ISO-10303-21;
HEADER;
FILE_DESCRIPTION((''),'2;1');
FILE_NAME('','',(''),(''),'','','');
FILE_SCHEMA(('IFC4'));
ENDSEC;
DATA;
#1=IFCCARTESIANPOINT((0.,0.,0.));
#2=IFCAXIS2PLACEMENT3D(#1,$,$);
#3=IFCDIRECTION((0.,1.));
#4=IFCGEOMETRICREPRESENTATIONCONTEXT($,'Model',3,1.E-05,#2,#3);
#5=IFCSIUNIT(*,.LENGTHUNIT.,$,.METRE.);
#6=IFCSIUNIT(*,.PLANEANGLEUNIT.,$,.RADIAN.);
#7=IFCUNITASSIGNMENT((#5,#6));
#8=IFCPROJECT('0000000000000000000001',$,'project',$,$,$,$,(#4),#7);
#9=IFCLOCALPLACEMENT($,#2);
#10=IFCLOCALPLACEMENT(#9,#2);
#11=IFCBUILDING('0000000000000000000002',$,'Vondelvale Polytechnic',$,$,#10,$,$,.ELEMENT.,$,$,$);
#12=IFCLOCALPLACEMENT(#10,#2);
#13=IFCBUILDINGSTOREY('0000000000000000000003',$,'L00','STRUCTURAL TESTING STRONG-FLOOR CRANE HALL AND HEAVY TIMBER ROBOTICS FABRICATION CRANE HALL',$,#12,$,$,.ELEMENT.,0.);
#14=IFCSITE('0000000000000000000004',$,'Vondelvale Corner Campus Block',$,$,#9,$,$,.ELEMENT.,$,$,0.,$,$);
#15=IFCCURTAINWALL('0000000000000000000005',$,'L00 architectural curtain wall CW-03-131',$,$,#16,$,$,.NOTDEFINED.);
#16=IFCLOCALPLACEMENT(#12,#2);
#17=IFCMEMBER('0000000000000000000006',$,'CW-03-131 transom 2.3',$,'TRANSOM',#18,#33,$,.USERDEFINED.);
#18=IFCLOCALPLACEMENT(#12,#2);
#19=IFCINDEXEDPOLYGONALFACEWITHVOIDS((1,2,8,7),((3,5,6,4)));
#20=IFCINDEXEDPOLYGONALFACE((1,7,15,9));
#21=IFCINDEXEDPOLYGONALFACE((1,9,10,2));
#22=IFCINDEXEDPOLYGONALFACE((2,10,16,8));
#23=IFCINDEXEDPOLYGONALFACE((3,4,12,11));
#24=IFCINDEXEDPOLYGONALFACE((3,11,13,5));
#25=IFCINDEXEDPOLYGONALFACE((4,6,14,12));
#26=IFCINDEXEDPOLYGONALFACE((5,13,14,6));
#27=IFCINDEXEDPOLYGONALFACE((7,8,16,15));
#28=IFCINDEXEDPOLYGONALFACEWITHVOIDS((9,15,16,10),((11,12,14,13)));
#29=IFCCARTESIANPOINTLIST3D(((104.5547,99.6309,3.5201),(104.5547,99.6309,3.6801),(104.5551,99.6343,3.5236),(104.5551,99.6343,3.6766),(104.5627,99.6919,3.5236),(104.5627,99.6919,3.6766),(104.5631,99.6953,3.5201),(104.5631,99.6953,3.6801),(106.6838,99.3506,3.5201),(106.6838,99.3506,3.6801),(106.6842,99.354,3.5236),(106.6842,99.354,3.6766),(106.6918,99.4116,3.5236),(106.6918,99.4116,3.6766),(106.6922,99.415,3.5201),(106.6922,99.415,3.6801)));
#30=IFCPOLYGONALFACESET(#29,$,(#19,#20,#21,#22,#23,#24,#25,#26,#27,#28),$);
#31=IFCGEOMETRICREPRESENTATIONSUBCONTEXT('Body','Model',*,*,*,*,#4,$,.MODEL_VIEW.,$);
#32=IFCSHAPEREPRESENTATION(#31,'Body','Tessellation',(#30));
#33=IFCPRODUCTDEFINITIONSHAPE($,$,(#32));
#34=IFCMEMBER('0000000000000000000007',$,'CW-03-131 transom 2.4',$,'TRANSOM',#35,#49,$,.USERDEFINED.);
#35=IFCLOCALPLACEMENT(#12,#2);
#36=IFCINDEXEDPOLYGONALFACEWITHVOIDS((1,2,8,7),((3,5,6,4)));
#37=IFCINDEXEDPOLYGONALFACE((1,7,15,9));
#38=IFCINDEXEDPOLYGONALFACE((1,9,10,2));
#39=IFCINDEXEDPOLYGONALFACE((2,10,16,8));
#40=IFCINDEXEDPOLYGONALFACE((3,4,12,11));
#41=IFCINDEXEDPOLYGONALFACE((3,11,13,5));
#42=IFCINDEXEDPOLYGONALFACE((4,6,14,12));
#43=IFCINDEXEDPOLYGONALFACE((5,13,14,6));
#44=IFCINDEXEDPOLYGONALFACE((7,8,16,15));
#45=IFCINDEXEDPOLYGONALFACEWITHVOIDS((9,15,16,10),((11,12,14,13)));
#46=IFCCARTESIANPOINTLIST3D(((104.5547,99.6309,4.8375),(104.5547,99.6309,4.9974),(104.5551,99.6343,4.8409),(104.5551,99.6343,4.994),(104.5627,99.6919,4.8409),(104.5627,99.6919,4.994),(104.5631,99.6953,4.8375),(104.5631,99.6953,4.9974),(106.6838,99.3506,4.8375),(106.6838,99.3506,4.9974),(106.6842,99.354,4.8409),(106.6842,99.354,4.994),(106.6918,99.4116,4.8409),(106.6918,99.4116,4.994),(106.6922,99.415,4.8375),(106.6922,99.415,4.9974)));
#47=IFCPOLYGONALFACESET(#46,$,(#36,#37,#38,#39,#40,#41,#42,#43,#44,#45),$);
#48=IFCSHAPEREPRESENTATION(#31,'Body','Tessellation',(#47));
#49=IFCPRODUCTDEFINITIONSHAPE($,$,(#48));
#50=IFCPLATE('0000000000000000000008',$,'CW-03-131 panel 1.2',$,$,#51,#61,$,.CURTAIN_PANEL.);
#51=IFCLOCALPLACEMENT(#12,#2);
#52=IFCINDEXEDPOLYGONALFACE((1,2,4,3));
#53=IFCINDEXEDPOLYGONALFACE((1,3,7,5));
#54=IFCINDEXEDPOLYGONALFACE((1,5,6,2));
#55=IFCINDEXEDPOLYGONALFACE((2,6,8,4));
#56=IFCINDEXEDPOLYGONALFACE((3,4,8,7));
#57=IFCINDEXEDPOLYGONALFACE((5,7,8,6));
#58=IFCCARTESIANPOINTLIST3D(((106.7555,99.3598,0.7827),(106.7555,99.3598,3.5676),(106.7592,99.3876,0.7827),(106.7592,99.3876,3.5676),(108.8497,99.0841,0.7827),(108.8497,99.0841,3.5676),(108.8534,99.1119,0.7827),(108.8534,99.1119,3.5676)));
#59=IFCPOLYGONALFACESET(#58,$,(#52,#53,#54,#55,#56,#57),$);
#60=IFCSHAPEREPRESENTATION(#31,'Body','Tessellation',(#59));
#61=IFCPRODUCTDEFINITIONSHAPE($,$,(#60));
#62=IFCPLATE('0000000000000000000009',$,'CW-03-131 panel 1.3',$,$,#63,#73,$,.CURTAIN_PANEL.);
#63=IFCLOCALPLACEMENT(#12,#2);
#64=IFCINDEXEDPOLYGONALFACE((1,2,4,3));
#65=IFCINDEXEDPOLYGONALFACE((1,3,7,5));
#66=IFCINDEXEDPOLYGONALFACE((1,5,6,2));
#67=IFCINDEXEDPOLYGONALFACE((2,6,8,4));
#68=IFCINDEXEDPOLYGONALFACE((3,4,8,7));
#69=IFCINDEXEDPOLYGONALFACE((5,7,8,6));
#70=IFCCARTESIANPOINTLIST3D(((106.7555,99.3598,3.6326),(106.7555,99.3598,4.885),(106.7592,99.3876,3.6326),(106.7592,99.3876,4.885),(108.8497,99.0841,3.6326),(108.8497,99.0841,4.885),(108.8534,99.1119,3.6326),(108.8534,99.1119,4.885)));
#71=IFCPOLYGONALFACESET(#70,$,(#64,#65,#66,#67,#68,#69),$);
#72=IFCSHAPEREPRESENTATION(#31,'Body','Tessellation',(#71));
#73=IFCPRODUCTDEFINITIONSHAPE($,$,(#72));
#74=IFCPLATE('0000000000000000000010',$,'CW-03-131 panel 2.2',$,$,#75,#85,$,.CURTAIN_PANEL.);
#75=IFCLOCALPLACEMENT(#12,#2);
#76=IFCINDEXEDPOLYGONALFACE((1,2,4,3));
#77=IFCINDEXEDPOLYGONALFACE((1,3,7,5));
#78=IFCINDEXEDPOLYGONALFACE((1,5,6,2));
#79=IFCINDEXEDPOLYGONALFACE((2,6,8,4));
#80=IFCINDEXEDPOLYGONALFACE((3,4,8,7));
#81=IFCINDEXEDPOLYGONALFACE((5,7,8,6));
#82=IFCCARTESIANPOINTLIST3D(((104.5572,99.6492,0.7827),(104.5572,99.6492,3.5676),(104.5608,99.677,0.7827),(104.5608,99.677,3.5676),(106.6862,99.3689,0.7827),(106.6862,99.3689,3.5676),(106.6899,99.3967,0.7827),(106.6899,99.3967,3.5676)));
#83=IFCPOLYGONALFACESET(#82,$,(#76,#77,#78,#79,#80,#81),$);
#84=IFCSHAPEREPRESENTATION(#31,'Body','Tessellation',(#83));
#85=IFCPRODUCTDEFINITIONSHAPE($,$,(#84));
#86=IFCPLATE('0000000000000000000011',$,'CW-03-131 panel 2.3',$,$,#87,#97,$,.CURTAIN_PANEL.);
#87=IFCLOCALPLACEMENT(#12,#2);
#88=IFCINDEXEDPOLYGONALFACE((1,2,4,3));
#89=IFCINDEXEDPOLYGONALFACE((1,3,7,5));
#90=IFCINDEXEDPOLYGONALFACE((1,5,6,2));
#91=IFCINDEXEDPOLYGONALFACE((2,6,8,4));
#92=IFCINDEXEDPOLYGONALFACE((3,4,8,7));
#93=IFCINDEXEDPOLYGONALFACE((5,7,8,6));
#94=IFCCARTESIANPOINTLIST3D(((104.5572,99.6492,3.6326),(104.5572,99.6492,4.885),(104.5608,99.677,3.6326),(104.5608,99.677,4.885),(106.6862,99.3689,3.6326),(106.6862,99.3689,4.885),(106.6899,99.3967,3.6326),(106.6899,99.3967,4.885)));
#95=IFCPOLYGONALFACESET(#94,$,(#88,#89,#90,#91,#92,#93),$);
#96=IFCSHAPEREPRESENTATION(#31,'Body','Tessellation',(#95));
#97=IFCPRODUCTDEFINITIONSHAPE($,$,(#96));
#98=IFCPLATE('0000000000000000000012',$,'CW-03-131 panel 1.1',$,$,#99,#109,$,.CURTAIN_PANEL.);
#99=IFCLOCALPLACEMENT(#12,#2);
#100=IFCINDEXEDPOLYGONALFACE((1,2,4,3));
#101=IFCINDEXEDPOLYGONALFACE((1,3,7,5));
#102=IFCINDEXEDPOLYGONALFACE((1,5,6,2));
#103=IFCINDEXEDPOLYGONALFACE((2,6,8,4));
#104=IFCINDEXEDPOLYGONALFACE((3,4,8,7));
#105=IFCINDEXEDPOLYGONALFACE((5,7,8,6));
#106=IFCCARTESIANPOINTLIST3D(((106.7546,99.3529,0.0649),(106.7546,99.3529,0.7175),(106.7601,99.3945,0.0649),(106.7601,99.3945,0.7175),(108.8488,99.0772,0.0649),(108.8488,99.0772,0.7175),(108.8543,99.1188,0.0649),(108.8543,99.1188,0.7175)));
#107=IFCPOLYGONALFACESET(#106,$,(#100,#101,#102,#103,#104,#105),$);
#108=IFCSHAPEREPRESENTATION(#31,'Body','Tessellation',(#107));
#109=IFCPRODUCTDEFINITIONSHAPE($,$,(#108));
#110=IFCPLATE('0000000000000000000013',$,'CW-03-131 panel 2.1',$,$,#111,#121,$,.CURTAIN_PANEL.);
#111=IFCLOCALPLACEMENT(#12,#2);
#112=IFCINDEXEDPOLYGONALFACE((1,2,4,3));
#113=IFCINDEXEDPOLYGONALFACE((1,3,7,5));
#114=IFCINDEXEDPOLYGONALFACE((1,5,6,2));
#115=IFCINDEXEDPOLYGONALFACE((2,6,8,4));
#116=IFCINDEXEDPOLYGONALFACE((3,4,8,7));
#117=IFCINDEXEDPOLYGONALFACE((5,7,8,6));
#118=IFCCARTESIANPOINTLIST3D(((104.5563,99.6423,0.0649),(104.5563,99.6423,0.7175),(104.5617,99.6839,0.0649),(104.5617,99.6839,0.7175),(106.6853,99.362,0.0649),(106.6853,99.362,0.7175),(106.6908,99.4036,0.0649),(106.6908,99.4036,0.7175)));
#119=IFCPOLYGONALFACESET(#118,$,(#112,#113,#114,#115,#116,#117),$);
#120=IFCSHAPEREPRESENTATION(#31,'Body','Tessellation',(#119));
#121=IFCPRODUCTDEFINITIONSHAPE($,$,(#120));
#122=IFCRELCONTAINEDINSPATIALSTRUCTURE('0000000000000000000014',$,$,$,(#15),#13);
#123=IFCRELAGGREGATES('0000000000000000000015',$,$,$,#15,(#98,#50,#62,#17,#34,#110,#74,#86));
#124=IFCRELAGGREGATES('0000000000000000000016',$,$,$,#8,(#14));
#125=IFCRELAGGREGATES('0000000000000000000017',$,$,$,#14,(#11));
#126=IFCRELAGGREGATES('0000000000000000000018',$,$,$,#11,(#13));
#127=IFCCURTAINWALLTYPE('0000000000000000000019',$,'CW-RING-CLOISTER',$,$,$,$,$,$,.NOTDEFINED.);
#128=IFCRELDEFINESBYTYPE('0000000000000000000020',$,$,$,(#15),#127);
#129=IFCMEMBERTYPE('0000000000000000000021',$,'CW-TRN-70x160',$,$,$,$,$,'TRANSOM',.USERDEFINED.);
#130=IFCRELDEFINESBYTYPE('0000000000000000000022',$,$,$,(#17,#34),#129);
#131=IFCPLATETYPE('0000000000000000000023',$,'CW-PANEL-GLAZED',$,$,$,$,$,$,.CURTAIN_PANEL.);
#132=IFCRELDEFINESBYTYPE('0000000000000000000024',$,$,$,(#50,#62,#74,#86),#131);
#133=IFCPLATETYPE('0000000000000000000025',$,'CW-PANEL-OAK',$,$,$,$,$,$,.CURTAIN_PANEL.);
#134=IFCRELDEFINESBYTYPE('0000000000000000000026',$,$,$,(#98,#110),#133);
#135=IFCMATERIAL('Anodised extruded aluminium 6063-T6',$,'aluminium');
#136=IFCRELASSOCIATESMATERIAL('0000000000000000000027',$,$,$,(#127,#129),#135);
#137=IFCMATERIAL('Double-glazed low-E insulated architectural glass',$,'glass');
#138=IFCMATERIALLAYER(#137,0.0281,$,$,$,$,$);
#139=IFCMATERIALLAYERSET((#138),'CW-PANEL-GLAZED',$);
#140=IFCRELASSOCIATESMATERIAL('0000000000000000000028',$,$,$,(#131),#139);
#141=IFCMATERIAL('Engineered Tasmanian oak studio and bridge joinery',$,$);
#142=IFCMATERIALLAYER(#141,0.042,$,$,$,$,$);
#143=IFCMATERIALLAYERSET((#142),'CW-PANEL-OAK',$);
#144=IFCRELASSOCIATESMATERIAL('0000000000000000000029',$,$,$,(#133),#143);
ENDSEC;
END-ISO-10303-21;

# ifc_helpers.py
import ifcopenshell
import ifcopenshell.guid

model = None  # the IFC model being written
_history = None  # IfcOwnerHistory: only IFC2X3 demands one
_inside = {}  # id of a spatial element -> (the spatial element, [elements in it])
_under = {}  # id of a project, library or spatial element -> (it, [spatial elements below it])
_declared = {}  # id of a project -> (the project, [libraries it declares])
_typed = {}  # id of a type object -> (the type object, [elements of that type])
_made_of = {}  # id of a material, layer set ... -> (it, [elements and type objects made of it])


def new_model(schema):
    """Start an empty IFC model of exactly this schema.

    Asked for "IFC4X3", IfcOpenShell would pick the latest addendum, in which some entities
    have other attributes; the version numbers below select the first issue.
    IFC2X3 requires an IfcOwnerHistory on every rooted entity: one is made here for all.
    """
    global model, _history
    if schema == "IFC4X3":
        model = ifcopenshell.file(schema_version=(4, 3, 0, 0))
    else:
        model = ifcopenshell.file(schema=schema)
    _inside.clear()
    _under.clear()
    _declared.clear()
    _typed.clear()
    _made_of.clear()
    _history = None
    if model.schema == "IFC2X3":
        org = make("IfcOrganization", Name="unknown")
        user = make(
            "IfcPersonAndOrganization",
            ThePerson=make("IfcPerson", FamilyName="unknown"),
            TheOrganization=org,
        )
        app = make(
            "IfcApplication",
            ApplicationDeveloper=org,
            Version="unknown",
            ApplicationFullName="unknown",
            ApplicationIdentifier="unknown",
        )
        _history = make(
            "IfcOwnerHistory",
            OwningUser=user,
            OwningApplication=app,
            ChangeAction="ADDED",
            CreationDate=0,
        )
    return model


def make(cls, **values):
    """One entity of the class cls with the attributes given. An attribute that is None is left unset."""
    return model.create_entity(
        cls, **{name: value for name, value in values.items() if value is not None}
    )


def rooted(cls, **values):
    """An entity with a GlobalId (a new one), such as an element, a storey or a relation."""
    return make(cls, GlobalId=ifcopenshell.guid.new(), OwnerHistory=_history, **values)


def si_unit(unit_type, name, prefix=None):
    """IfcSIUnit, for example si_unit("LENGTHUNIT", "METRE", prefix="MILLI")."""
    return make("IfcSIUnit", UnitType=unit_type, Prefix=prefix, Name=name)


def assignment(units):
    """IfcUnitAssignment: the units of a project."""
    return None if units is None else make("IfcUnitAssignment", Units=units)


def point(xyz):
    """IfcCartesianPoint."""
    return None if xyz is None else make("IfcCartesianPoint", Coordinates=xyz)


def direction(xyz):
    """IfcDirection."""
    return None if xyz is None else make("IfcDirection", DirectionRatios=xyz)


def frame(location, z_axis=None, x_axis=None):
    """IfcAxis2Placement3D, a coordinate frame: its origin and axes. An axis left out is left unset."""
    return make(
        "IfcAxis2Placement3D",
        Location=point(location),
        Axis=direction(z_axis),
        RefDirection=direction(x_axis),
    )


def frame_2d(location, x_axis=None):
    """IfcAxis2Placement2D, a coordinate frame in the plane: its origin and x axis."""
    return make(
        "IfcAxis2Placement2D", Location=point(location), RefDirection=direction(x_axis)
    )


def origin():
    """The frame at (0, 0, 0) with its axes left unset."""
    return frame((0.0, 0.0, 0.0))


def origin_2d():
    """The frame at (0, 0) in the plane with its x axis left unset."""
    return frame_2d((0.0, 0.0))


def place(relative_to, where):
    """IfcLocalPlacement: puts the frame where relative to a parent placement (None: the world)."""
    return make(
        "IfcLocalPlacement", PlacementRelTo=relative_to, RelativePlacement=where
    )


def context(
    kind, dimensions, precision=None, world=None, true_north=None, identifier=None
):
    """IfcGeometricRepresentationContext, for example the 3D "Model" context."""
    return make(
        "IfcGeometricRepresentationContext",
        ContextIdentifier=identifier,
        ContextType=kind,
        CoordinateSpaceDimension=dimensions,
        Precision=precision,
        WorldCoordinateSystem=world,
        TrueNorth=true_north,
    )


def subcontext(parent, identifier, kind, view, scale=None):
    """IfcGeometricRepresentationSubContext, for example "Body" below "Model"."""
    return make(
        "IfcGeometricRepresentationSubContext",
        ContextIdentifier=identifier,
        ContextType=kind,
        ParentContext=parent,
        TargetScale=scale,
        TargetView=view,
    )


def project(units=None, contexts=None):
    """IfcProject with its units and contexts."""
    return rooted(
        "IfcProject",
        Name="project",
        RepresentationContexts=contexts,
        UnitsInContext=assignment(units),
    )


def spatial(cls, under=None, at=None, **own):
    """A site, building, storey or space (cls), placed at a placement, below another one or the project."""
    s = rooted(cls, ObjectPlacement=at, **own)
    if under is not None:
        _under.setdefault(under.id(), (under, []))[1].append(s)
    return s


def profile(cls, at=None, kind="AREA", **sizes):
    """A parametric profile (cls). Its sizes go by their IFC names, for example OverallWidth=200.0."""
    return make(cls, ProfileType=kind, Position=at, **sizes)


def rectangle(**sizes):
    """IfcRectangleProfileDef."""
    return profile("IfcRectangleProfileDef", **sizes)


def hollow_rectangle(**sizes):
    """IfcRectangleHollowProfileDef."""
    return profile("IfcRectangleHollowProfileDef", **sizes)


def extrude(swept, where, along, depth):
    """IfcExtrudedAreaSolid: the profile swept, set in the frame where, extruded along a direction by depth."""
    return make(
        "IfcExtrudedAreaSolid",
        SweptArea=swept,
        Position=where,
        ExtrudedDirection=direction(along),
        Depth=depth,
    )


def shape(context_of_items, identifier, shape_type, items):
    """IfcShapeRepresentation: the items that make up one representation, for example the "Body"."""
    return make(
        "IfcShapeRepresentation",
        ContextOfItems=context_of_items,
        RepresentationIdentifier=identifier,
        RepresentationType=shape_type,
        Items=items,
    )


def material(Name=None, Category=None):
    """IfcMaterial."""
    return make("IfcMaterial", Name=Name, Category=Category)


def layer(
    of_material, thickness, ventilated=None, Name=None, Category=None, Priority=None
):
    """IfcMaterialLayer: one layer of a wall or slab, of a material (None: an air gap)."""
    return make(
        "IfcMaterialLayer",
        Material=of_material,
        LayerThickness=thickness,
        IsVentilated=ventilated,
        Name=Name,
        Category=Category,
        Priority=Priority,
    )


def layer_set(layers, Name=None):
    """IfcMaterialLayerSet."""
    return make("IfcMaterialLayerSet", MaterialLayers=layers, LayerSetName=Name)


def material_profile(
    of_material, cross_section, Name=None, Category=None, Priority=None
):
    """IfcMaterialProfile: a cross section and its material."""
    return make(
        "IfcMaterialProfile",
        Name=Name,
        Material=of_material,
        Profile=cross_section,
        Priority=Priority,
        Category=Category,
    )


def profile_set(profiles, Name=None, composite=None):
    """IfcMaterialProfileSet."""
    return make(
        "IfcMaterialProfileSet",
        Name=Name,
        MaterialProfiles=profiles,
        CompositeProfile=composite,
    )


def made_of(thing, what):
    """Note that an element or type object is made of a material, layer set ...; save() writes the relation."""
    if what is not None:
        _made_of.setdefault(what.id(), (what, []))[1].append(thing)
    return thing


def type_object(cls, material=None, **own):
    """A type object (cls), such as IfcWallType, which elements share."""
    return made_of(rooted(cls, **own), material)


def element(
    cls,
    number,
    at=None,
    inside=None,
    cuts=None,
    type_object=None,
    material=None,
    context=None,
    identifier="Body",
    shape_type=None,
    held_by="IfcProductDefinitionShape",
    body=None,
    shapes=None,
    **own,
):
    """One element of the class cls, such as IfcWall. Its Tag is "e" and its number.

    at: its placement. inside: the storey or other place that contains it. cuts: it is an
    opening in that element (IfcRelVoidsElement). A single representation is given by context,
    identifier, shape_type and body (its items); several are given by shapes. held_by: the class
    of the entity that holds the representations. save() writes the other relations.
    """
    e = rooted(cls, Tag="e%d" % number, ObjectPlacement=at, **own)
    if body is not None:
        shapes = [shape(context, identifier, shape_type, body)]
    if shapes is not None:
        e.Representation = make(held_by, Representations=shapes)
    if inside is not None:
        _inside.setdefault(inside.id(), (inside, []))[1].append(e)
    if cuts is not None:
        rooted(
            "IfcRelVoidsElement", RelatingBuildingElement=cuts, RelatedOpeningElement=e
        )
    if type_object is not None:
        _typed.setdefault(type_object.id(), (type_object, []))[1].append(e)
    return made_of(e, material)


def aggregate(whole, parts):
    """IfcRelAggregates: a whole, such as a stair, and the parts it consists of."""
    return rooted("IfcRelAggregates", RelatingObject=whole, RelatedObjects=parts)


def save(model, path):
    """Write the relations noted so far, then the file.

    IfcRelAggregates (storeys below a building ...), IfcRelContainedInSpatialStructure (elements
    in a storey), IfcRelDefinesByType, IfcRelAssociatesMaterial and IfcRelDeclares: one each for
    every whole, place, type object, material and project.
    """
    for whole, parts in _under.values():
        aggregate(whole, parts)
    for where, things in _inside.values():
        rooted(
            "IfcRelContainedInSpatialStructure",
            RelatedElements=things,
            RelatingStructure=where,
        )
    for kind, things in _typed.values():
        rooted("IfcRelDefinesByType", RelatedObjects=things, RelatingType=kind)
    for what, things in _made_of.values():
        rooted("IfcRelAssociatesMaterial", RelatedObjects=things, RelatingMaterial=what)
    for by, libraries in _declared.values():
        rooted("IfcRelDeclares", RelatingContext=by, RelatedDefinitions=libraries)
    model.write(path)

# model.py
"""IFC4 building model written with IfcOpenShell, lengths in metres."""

from ifc_helpers import new_model, si_unit, direction, frame, origin, origin_2d, place, context, subcontext, project, spatial, rectangle, hollow_rectangle, extrude, material, layer, layer_set, material_profile, profile_set, type_object, element, aggregate, save


model = new_model("IFC4")

# Units and contexts
model_context = context("Model", 3, precision=1e-05, world=origin(), true_north=direction((0.0, 1.0)))
body_context = subcontext(model_context, "Body", "Model", "MODEL_VIEW")
ifc_project = project(units=[si_unit("LENGTHUNIT", "METRE"), si_unit("PLANEANGLEUNIT", "RADIAN")], contexts=[model_context])

# Site, building, storey
site_placement = place(None, origin())
site = spatial("IfcSite", under=ifc_project, at=site_placement, Name="Vondelvale Corner Campus Block", CompositionType="ELEMENT", RefElevation=0.0)
building_placement = place(site_placement, origin())
building = spatial("IfcBuilding", under=site, at=building_placement, Name="Vondelvale Polytechnic", CompositionType="ELEMENT")
storey_placement = place(building_placement, origin())
storey = spatial("IfcBuildingStorey", under=building, at=storey_placement, Name="L00", Description="STRUCTURAL TESTING STRONG-FLOOR CRANE HALL AND HEAVY TIMBER ROBOTICS FABRICATION CRANE HALL", CompositionType="ELEMENT", Elevation=0.0)

# Curtain wall, members, plates
ifc_material_1 = material(Name="Anodised extruded aluminium 6063-T6", Category="aluminium")
curtain_wall_type = type_object("IfcCurtainWallType", Name="CW-RING-CLOISTER", PredefinedType="NOTDEFINED", material=ifc_material_1)
curtain_wall_placement = place(storey_placement, origin())
curtain_wall = element("IfcCurtainWall", 1, at=curtain_wall_placement, inside=storey, type_object=curtain_wall_type, Name="L00 architectural curtain wall CW-03-131", PredefinedType="NOTDEFINED")
ifc_material_profile_1 = material_profile(ifc_material_1, hollow_rectangle(XDim=0.0649, YDim=0.1599, WallThickness=0.0034, at=origin_2d()), Name="CW-TRN-160x65")
ifc_profile_set_1 = profile_set([ifc_material_profile_1], Name="Anodised extruded aluminium 6063-T6")
member_type_1 = type_object("IfcMemberType", Name="CW-TRN-70x160", ElementType="TRANSOM", PredefinedType="USERDEFINED", material=ifc_profile_set_1)
member_1_placement = place(storey_placement, frame((106.688, 99.3828, 3.6001), z_axis=(-0.991447, 0.13051, 0.0), x_axis=(-0.13051, -0.991447, 0.0)))
member_1 = element("IfcMember", 2, at=member_1_placement, type_object=member_type_1, Name="CW-03-131 transom 2.3", ObjectType="TRANSOM", PredefinedType="USERDEFINED", context=body_context, shape_type="SweptSolid", body=[
    extrude(hollow_rectangle(XDim=0.0649, YDim=0.1599, WallThickness=0.0034, at=origin_2d()), origin(), (0.0, 0.0, 1.0), 2.1475),
])
member_2_placement = place(storey_placement, frame((106.688, 99.3828, 4.9175), z_axis=(-0.991447, 0.13051, 0.0), x_axis=(-0.13051, -0.991447, 0.0)))
member_2 = element("IfcMember", 3, at=member_2_placement, type_object=member_type_1, Name="CW-03-131 transom 2.4", ObjectType="TRANSOM", PredefinedType="USERDEFINED", context=body_context, shape_type="SweptSolid", body=[
    extrude(hollow_rectangle(XDim=0.0649, YDim=0.1599, WallThickness=0.0034, at=origin_2d()), origin(), (0.0, 0.0, 1.0), 2.1475),
])
ifc_material_2 = material(Name="Double-glazed low-E insulated architectural glass", Category="glass")
ifc_layer_1 = layer(ifc_material_2, 0.0281)
ifc_layer_set_1 = layer_set([ifc_layer_1], Name="CW-PANEL-GLAZED")
plate_type_1 = type_object("IfcPlateType", Name="CW-PANEL-GLAZED", PredefinedType="CURTAIN_PANEL", material=ifc_layer_set_1)
plate_1_placement = place(storey_placement, frame((107.8044, 99.2358, 0.7827), z_axis=(0.0, 0.0, 1.0), x_axis=(-0.991445, 0.130528, 0.0)))
plate_1 = element("IfcPlate", 4, at=plate_1_placement, type_object=plate_type_1, Name="CW-03-131 panel 1.2", PredefinedType="CURTAIN_PANEL", context=body_context, shape_type="SweptSolid", body=[
    extrude(rectangle(XDim=2.1123, YDim=0.0281, at=origin_2d()), origin(), (0.0, 0.0, 1.0), 2.7849),
])
plate_2_placement = place(storey_placement, frame((107.8044, 99.2358, 3.6326), z_axis=(0.0, 0.0, 1.0), x_axis=(-0.991445, 0.130528, 0.0)))
plate_2 = element("IfcPlate", 5, at=plate_2_placement, type_object=plate_type_1, Name="CW-03-131 panel 1.3", PredefinedType="CURTAIN_PANEL", context=body_context, shape_type="SweptSolid", body=[
    extrude(rectangle(XDim=2.1123, YDim=0.0281, at=origin_2d()), origin(), (0.0, 0.0, 1.0), 1.2524),
])
plate_3_placement = place(storey_placement, frame((105.6235, 99.5229, 0.7827), z_axis=(0.0, 0.0, 1.0), x_axis=(-0.991445, 0.130528, 0.0)))
plate_3 = element("IfcPlate", 6, at=plate_3_placement, type_object=plate_type_1, Name="CW-03-131 panel 2.2", PredefinedType="CURTAIN_PANEL", context=body_context, shape_type="SweptSolid", body=[
    extrude(rectangle(XDim=2.1475, YDim=0.0281, at=origin_2d()), origin(), (0.0, 0.0, 1.0), 2.7849),
])
plate_4_placement = place(storey_placement, frame((105.6235, 99.5229, 3.6326), z_axis=(0.0, 0.0, 1.0), x_axis=(-0.991445, 0.130528, 0.0)))
plate_4 = element("IfcPlate", 7, at=plate_4_placement, type_object=plate_type_1, Name="CW-03-131 panel 2.3", PredefinedType="CURTAIN_PANEL", context=body_context, shape_type="SweptSolid", body=[
    extrude(rectangle(XDim=2.1475, YDim=0.0281, at=origin_2d()), origin(), (0.0, 0.0, 1.0), 1.2524),
])
ifc_material_3 = material(Name="Engineered Tasmanian oak studio and bridge joinery")
ifc_layer_2 = layer(ifc_material_3, 0.042)
ifc_layer_set_2 = layer_set([ifc_layer_2], Name="CW-PANEL-OAK")
plate_type_2 = type_object("IfcPlateType", Name="CW-PANEL-OAK", PredefinedType="CURTAIN_PANEL", material=ifc_layer_set_2)
plate_5_placement = place(storey_placement, frame((107.8044, 99.2358, 0.0649), z_axis=(0.0, 0.0, 1.0), x_axis=(-0.991445, 0.130528, 0.0)))
plate_5 = element("IfcPlate", 8, at=plate_5_placement, type_object=plate_type_2, Name="CW-03-131 panel 1.1", PredefinedType="CURTAIN_PANEL", context=body_context, shape_type="SweptSolid", body=[
    extrude(rectangle(XDim=2.1123, YDim=0.042, at=origin_2d()), origin(), (0.0, 0.0, 1.0), 0.6526),
])
plate_6_placement = place(storey_placement, frame((105.6235, 99.5229, 0.0649), z_axis=(0.0, 0.0, 1.0), x_axis=(-0.991445, 0.130528, 0.0)))
plate_6 = element("IfcPlate", 9, at=plate_6_placement, type_object=plate_type_2, Name="CW-03-131 panel 2.1", PredefinedType="CURTAIN_PANEL", context=body_context, shape_type="SweptSolid", body=[
    extrude(rectangle(XDim=2.1475, YDim=0.042, at=origin_2d()), origin(), (0.0, 0.0, 1.0), 0.6526),
])
aggregate(curtain_wall, [plate_5, plate_1, plate_2, member_1, member_2, plate_6, plate_3, plate_4])

save(model, "model.ifc")
